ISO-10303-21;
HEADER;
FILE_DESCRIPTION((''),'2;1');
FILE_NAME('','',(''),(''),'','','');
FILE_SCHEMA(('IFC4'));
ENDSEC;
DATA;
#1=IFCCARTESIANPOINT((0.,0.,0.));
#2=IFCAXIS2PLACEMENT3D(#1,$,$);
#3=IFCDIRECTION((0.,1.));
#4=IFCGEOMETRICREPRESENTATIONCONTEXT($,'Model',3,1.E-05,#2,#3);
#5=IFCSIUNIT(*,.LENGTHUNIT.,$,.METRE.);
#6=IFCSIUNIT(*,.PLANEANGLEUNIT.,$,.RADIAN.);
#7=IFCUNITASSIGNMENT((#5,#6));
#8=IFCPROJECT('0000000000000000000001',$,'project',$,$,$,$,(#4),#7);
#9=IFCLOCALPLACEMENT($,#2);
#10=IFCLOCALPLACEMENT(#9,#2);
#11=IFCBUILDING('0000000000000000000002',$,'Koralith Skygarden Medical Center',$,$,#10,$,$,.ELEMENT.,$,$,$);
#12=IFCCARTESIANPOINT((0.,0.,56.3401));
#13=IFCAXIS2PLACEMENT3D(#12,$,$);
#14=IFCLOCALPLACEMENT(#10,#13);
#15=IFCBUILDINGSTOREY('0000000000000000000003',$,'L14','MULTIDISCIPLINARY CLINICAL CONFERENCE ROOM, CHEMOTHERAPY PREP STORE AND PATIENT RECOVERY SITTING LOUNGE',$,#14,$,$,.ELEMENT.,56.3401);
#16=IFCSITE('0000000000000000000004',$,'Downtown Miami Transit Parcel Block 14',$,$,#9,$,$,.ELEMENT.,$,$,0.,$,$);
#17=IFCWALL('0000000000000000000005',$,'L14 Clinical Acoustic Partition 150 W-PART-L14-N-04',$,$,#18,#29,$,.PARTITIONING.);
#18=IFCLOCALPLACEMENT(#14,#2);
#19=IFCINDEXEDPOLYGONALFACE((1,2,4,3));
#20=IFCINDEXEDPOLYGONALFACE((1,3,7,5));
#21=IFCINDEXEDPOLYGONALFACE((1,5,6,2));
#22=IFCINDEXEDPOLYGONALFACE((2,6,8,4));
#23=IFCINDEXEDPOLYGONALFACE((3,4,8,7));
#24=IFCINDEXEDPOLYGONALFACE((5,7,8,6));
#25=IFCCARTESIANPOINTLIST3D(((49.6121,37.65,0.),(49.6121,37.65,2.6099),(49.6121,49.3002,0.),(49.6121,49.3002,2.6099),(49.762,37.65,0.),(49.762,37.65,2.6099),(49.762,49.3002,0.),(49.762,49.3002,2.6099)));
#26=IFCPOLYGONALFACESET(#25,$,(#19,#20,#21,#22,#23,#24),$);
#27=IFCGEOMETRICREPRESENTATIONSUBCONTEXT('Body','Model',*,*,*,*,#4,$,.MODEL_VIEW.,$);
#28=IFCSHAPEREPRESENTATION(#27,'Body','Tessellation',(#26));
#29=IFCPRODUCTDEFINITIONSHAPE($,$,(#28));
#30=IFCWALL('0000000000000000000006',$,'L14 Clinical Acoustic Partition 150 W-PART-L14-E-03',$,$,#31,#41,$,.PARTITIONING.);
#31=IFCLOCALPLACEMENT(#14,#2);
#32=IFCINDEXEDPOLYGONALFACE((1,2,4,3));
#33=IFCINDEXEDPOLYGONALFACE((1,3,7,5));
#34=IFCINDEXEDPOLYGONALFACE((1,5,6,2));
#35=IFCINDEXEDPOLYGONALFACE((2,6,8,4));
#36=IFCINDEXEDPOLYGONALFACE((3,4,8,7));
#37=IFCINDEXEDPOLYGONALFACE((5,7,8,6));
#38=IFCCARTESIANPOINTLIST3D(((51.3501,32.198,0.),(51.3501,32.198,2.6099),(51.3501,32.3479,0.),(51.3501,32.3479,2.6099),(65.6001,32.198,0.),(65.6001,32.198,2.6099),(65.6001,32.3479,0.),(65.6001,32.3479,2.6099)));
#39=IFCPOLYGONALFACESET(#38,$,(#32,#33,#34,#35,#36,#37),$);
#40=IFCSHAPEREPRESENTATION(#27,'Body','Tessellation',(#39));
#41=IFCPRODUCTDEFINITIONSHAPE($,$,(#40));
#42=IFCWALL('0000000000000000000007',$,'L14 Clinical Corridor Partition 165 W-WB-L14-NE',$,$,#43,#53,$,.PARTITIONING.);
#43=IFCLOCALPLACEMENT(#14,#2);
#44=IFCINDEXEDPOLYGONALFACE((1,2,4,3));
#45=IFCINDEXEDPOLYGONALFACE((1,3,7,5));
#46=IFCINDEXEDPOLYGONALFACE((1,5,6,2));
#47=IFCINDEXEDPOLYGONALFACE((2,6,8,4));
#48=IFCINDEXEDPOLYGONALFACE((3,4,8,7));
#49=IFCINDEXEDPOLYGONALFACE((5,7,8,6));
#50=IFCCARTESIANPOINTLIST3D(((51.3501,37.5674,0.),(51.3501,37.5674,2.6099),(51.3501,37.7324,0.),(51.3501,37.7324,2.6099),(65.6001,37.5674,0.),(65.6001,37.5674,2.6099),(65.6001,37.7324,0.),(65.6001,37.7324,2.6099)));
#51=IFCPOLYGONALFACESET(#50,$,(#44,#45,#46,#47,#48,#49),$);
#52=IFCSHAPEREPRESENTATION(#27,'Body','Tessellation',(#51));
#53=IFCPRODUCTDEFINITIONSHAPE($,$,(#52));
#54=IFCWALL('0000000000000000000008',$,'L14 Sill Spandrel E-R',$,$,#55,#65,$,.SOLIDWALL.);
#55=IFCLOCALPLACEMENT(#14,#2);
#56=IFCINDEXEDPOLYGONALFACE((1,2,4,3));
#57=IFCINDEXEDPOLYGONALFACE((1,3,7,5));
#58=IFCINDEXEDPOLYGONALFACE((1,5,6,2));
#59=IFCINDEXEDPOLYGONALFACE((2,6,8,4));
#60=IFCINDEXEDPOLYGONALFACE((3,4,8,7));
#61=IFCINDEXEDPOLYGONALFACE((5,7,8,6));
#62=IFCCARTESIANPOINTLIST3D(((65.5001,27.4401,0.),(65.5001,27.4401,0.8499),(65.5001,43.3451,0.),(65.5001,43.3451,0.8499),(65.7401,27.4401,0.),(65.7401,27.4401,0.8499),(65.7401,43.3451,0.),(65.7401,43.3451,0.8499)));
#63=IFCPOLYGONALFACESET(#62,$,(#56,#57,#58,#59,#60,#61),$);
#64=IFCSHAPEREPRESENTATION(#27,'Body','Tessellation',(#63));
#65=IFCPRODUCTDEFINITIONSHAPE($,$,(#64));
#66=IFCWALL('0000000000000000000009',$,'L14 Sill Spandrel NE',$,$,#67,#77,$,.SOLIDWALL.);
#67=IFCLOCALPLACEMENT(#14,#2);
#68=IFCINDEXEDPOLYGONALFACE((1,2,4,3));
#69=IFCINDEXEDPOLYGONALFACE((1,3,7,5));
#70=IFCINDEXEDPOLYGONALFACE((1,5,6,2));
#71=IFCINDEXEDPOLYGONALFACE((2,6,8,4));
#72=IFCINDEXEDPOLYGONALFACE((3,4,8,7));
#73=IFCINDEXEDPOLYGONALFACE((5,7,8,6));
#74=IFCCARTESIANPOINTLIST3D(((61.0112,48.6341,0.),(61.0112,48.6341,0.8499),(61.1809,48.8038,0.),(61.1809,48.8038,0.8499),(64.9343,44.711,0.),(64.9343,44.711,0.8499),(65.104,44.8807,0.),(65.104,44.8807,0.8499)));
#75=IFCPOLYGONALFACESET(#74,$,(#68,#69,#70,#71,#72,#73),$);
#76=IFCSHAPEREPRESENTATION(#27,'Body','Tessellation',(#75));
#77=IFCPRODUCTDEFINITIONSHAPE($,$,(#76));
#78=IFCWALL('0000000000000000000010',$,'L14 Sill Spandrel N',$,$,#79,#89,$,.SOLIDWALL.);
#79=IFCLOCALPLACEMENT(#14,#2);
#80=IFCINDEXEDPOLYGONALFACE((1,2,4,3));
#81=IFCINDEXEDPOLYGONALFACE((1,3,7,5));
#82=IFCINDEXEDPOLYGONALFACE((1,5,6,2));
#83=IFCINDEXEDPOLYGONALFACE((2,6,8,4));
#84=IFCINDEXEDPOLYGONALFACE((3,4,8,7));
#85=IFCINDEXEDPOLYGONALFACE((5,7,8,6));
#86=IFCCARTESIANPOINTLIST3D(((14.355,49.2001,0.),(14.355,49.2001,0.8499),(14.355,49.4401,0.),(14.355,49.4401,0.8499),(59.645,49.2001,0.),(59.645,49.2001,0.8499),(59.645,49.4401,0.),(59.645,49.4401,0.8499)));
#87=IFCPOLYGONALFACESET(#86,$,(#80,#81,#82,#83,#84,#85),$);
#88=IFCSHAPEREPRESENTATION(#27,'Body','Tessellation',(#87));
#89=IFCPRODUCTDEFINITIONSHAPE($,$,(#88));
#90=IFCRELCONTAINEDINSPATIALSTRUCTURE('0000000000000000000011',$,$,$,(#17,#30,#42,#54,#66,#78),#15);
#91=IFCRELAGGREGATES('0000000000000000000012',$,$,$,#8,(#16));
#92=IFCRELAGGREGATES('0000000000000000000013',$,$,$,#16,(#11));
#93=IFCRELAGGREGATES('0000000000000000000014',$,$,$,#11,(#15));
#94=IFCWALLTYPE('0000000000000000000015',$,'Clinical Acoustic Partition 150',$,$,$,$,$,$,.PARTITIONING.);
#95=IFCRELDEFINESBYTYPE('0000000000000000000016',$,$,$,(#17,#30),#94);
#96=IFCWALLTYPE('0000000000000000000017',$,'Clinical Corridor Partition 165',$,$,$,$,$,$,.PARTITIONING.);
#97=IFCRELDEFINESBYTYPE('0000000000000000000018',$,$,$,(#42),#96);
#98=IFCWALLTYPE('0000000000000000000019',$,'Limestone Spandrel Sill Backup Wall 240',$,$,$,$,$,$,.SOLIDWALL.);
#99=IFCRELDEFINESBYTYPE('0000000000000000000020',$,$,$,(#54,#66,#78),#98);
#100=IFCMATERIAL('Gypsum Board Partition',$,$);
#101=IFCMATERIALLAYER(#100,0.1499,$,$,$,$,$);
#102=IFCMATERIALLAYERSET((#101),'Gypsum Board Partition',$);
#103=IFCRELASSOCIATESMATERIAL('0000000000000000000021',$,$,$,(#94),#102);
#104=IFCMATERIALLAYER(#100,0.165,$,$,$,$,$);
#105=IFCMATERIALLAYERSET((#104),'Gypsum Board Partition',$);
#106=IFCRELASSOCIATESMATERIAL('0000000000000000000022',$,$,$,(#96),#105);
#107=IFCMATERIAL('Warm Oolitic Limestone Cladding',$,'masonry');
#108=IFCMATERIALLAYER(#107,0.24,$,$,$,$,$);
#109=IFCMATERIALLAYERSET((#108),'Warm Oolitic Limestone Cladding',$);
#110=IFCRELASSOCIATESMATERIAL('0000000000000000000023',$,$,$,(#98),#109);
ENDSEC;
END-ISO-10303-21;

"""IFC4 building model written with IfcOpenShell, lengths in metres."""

from ifc_helpers import new_model, si_unit, direction, frame, frame_2d, origin, place, context, subcontext, project, spatial, rectangle, extrude, material, layer, layer_set, type_object, element, save


model = new_model("IFC4")

# Units and contexts
model_context = context("Model", 3, precision=1e-05, world=origin(), true_north=direction((0.0, 1.0)))
body_context = subcontext(model_context, "Body", "Model", "MODEL_VIEW")
ifc_project = project(units=[si_unit("LENGTHUNIT", "METRE"), si_unit("PLANEANGLEUNIT", "RADIAN")], contexts=[model_context])

# Site, building, storey
site_placement = place(None, origin())
site = spatial("IfcSite", under=ifc_project, at=site_placement, Name="Downtown Miami Transit Parcel Block 14", CompositionType="ELEMENT", RefElevation=0.0)
building_placement = place(site_placement, origin())
building = spatial("IfcBuilding", under=site, at=building_placement, Name="Koralith Skygarden Medical Center", CompositionType="ELEMENT")
storey_placement = place(building_placement, frame((0.0, 0.0, 56.3401)))
storey = spatial("IfcBuildingStorey", under=building, at=storey_placement, Name="L14", Description="MULTIDISCIPLINARY CLINICAL CONFERENCE ROOM, CHEMOTHERAPY PREP STORE AND PATIENT RECOVERY SITTING LOUNGE", CompositionType="ELEMENT", Elevation=56.3401)

# Shared definitions
ifc_material_1 = material(Name="Warm Oolitic Limestone Cladding", Category="masonry")

# Walls
ifc_material_2 = material(Name="Gypsum Board Partition")
ifc_layer_1 = layer(ifc_material_2, 0.1499)
ifc_layer_set_1 = layer_set([ifc_layer_1], Name="Gypsum Board Partition")
wall_type_1 = type_object("IfcWallType", Name="Clinical Acoustic Partition 150", PredefinedType="PARTITIONING", material=ifc_layer_set_1)
wall_1_placement = place(storey_placement, frame((49.687, 37.6499, 0.0), z_axis=(0.0, 0.0, 1.0), x_axis=(0.0, 1.0, 0.0)))
element("IfcWall", 1, at=wall_1_placement, inside=storey, type_object=wall_type_1, Name="L14 Clinical Acoustic Partition 150 W-PART-L14-N-04", PredefinedType="PARTITIONING", context=body_context, shape_type="SweptSolid", body=[
    extrude(rectangle(XDim=11.6501, YDim=0.1499, at=frame_2d((5.8252, 0.0))), origin(), (0.0, 0.0, 1.0), 2.6099),
])
wall_2_placement = place(storey_placement, frame((51.3501, 32.2729, 0.0), z_axis=(0.0, 0.0, 1.0), x_axis=(1.0, 0.0, 0.0)))
element("IfcWall", 2, at=wall_2_placement, inside=storey, type_object=wall_type_1, Name="L14 Clinical Acoustic Partition 150 W-PART-L14-E-03", PredefinedType="PARTITIONING", context=body_context, shape_type="SweptSolid", body=[
    extrude(rectangle(XDim=14.25, YDim=0.1499, at=frame_2d((7.125, 0.0))), origin(), (0.0, 0.0, 1.0), 2.6099),
])
ifc_layer_2 = layer(ifc_material_2, 0.165)
ifc_layer_set_2 = layer_set([ifc_layer_2], Name="Gypsum Board Partition")
wall_type_2 = type_object("IfcWallType", Name="Clinical Corridor Partition 165", PredefinedType="PARTITIONING", material=ifc_layer_set_2)
wall_3_placement = place(storey_placement, frame((51.3501, 37.6499, 0.0), z_axis=(0.0, 0.0, 1.0), x_axis=(1.0, 0.0, 0.0)))
element("IfcWall", 3, at=wall_3_placement, inside=storey, type_object=wall_type_2, Name="L14 Clinical Corridor Partition 165 W-WB-L14-NE", PredefinedType="PARTITIONING", context=body_context, shape_type="SweptSolid", body=[
    extrude(rectangle(XDim=14.25, YDim=0.165, at=frame_2d((7.125, 0.0))), origin(), (0.0, 0.0, 1.0), 2.6099),
])

# Walls
ifc_layer_3 = layer(ifc_material_1, 0.24)
ifc_layer_set_3 = layer_set([ifc_layer_3], Name="Warm Oolitic Limestone Cladding")
wall_type_3 = type_object("IfcWallType", Name="Limestone Spandrel Sill Backup Wall 240", PredefinedType="SOLIDWALL", material=ifc_layer_set_3)
wall_4_placement = place(storey_placement, frame((65.6201, 27.4399, 0.0), z_axis=(0.0, 0.0, 1.0), x_axis=(0.0, 1.0, 0.0)))
element("IfcWall", 4, at=wall_4_placement, inside=storey, type_object=wall_type_3, Name="L14 Sill Spandrel E-R", PredefinedType="SOLIDWALL", context=body_context, shape_type="SweptSolid", body=[
    extrude(rectangle(XDim=15.905, YDim=0.24, at=frame_2d((7.9526, 0.0))), origin(), (0.0, 0.0, 1.0), 0.8499),
])
wall_5_placement = place(storey_placement, frame((65.019, 44.7959, 0.0), z_axis=(0.0, 0.0, 1.0), x_axis=(-0.707107, 0.707107, 0.0)))
element("IfcWall", 5, at=wall_5_placement, inside=storey, type_object=wall_type_3, Name="L14 Sill Spandrel NE", PredefinedType="SOLIDWALL", context=body_context, shape_type="SweptSolid", body=[
    extrude(rectangle(XDim=5.5481, YDim=0.24, at=frame_2d((2.7739, 0.0))), origin(), (0.0, 0.0, 1.0), 0.8499),
])
wall_6_placement = place(storey_placement, frame((59.645, 49.3201, 0.0), z_axis=(0.0, 0.0, 1.0), x_axis=(-1.0, 0.0, 0.0)))
element("IfcWall", 6, at=wall_6_placement, inside=storey, type_object=wall_type_3, Name="L14 Sill Spandrel N", PredefinedType="SOLIDWALL", context=body_context, shape_type="SweptSolid", body=[
    extrude(rectangle(XDim=45.29, YDim=0.24, at=frame_2d((22.645, 0.0))), origin(), (0.0, 0.0, 1.0), 0.8499),
])

save(model, "model.ifc")
